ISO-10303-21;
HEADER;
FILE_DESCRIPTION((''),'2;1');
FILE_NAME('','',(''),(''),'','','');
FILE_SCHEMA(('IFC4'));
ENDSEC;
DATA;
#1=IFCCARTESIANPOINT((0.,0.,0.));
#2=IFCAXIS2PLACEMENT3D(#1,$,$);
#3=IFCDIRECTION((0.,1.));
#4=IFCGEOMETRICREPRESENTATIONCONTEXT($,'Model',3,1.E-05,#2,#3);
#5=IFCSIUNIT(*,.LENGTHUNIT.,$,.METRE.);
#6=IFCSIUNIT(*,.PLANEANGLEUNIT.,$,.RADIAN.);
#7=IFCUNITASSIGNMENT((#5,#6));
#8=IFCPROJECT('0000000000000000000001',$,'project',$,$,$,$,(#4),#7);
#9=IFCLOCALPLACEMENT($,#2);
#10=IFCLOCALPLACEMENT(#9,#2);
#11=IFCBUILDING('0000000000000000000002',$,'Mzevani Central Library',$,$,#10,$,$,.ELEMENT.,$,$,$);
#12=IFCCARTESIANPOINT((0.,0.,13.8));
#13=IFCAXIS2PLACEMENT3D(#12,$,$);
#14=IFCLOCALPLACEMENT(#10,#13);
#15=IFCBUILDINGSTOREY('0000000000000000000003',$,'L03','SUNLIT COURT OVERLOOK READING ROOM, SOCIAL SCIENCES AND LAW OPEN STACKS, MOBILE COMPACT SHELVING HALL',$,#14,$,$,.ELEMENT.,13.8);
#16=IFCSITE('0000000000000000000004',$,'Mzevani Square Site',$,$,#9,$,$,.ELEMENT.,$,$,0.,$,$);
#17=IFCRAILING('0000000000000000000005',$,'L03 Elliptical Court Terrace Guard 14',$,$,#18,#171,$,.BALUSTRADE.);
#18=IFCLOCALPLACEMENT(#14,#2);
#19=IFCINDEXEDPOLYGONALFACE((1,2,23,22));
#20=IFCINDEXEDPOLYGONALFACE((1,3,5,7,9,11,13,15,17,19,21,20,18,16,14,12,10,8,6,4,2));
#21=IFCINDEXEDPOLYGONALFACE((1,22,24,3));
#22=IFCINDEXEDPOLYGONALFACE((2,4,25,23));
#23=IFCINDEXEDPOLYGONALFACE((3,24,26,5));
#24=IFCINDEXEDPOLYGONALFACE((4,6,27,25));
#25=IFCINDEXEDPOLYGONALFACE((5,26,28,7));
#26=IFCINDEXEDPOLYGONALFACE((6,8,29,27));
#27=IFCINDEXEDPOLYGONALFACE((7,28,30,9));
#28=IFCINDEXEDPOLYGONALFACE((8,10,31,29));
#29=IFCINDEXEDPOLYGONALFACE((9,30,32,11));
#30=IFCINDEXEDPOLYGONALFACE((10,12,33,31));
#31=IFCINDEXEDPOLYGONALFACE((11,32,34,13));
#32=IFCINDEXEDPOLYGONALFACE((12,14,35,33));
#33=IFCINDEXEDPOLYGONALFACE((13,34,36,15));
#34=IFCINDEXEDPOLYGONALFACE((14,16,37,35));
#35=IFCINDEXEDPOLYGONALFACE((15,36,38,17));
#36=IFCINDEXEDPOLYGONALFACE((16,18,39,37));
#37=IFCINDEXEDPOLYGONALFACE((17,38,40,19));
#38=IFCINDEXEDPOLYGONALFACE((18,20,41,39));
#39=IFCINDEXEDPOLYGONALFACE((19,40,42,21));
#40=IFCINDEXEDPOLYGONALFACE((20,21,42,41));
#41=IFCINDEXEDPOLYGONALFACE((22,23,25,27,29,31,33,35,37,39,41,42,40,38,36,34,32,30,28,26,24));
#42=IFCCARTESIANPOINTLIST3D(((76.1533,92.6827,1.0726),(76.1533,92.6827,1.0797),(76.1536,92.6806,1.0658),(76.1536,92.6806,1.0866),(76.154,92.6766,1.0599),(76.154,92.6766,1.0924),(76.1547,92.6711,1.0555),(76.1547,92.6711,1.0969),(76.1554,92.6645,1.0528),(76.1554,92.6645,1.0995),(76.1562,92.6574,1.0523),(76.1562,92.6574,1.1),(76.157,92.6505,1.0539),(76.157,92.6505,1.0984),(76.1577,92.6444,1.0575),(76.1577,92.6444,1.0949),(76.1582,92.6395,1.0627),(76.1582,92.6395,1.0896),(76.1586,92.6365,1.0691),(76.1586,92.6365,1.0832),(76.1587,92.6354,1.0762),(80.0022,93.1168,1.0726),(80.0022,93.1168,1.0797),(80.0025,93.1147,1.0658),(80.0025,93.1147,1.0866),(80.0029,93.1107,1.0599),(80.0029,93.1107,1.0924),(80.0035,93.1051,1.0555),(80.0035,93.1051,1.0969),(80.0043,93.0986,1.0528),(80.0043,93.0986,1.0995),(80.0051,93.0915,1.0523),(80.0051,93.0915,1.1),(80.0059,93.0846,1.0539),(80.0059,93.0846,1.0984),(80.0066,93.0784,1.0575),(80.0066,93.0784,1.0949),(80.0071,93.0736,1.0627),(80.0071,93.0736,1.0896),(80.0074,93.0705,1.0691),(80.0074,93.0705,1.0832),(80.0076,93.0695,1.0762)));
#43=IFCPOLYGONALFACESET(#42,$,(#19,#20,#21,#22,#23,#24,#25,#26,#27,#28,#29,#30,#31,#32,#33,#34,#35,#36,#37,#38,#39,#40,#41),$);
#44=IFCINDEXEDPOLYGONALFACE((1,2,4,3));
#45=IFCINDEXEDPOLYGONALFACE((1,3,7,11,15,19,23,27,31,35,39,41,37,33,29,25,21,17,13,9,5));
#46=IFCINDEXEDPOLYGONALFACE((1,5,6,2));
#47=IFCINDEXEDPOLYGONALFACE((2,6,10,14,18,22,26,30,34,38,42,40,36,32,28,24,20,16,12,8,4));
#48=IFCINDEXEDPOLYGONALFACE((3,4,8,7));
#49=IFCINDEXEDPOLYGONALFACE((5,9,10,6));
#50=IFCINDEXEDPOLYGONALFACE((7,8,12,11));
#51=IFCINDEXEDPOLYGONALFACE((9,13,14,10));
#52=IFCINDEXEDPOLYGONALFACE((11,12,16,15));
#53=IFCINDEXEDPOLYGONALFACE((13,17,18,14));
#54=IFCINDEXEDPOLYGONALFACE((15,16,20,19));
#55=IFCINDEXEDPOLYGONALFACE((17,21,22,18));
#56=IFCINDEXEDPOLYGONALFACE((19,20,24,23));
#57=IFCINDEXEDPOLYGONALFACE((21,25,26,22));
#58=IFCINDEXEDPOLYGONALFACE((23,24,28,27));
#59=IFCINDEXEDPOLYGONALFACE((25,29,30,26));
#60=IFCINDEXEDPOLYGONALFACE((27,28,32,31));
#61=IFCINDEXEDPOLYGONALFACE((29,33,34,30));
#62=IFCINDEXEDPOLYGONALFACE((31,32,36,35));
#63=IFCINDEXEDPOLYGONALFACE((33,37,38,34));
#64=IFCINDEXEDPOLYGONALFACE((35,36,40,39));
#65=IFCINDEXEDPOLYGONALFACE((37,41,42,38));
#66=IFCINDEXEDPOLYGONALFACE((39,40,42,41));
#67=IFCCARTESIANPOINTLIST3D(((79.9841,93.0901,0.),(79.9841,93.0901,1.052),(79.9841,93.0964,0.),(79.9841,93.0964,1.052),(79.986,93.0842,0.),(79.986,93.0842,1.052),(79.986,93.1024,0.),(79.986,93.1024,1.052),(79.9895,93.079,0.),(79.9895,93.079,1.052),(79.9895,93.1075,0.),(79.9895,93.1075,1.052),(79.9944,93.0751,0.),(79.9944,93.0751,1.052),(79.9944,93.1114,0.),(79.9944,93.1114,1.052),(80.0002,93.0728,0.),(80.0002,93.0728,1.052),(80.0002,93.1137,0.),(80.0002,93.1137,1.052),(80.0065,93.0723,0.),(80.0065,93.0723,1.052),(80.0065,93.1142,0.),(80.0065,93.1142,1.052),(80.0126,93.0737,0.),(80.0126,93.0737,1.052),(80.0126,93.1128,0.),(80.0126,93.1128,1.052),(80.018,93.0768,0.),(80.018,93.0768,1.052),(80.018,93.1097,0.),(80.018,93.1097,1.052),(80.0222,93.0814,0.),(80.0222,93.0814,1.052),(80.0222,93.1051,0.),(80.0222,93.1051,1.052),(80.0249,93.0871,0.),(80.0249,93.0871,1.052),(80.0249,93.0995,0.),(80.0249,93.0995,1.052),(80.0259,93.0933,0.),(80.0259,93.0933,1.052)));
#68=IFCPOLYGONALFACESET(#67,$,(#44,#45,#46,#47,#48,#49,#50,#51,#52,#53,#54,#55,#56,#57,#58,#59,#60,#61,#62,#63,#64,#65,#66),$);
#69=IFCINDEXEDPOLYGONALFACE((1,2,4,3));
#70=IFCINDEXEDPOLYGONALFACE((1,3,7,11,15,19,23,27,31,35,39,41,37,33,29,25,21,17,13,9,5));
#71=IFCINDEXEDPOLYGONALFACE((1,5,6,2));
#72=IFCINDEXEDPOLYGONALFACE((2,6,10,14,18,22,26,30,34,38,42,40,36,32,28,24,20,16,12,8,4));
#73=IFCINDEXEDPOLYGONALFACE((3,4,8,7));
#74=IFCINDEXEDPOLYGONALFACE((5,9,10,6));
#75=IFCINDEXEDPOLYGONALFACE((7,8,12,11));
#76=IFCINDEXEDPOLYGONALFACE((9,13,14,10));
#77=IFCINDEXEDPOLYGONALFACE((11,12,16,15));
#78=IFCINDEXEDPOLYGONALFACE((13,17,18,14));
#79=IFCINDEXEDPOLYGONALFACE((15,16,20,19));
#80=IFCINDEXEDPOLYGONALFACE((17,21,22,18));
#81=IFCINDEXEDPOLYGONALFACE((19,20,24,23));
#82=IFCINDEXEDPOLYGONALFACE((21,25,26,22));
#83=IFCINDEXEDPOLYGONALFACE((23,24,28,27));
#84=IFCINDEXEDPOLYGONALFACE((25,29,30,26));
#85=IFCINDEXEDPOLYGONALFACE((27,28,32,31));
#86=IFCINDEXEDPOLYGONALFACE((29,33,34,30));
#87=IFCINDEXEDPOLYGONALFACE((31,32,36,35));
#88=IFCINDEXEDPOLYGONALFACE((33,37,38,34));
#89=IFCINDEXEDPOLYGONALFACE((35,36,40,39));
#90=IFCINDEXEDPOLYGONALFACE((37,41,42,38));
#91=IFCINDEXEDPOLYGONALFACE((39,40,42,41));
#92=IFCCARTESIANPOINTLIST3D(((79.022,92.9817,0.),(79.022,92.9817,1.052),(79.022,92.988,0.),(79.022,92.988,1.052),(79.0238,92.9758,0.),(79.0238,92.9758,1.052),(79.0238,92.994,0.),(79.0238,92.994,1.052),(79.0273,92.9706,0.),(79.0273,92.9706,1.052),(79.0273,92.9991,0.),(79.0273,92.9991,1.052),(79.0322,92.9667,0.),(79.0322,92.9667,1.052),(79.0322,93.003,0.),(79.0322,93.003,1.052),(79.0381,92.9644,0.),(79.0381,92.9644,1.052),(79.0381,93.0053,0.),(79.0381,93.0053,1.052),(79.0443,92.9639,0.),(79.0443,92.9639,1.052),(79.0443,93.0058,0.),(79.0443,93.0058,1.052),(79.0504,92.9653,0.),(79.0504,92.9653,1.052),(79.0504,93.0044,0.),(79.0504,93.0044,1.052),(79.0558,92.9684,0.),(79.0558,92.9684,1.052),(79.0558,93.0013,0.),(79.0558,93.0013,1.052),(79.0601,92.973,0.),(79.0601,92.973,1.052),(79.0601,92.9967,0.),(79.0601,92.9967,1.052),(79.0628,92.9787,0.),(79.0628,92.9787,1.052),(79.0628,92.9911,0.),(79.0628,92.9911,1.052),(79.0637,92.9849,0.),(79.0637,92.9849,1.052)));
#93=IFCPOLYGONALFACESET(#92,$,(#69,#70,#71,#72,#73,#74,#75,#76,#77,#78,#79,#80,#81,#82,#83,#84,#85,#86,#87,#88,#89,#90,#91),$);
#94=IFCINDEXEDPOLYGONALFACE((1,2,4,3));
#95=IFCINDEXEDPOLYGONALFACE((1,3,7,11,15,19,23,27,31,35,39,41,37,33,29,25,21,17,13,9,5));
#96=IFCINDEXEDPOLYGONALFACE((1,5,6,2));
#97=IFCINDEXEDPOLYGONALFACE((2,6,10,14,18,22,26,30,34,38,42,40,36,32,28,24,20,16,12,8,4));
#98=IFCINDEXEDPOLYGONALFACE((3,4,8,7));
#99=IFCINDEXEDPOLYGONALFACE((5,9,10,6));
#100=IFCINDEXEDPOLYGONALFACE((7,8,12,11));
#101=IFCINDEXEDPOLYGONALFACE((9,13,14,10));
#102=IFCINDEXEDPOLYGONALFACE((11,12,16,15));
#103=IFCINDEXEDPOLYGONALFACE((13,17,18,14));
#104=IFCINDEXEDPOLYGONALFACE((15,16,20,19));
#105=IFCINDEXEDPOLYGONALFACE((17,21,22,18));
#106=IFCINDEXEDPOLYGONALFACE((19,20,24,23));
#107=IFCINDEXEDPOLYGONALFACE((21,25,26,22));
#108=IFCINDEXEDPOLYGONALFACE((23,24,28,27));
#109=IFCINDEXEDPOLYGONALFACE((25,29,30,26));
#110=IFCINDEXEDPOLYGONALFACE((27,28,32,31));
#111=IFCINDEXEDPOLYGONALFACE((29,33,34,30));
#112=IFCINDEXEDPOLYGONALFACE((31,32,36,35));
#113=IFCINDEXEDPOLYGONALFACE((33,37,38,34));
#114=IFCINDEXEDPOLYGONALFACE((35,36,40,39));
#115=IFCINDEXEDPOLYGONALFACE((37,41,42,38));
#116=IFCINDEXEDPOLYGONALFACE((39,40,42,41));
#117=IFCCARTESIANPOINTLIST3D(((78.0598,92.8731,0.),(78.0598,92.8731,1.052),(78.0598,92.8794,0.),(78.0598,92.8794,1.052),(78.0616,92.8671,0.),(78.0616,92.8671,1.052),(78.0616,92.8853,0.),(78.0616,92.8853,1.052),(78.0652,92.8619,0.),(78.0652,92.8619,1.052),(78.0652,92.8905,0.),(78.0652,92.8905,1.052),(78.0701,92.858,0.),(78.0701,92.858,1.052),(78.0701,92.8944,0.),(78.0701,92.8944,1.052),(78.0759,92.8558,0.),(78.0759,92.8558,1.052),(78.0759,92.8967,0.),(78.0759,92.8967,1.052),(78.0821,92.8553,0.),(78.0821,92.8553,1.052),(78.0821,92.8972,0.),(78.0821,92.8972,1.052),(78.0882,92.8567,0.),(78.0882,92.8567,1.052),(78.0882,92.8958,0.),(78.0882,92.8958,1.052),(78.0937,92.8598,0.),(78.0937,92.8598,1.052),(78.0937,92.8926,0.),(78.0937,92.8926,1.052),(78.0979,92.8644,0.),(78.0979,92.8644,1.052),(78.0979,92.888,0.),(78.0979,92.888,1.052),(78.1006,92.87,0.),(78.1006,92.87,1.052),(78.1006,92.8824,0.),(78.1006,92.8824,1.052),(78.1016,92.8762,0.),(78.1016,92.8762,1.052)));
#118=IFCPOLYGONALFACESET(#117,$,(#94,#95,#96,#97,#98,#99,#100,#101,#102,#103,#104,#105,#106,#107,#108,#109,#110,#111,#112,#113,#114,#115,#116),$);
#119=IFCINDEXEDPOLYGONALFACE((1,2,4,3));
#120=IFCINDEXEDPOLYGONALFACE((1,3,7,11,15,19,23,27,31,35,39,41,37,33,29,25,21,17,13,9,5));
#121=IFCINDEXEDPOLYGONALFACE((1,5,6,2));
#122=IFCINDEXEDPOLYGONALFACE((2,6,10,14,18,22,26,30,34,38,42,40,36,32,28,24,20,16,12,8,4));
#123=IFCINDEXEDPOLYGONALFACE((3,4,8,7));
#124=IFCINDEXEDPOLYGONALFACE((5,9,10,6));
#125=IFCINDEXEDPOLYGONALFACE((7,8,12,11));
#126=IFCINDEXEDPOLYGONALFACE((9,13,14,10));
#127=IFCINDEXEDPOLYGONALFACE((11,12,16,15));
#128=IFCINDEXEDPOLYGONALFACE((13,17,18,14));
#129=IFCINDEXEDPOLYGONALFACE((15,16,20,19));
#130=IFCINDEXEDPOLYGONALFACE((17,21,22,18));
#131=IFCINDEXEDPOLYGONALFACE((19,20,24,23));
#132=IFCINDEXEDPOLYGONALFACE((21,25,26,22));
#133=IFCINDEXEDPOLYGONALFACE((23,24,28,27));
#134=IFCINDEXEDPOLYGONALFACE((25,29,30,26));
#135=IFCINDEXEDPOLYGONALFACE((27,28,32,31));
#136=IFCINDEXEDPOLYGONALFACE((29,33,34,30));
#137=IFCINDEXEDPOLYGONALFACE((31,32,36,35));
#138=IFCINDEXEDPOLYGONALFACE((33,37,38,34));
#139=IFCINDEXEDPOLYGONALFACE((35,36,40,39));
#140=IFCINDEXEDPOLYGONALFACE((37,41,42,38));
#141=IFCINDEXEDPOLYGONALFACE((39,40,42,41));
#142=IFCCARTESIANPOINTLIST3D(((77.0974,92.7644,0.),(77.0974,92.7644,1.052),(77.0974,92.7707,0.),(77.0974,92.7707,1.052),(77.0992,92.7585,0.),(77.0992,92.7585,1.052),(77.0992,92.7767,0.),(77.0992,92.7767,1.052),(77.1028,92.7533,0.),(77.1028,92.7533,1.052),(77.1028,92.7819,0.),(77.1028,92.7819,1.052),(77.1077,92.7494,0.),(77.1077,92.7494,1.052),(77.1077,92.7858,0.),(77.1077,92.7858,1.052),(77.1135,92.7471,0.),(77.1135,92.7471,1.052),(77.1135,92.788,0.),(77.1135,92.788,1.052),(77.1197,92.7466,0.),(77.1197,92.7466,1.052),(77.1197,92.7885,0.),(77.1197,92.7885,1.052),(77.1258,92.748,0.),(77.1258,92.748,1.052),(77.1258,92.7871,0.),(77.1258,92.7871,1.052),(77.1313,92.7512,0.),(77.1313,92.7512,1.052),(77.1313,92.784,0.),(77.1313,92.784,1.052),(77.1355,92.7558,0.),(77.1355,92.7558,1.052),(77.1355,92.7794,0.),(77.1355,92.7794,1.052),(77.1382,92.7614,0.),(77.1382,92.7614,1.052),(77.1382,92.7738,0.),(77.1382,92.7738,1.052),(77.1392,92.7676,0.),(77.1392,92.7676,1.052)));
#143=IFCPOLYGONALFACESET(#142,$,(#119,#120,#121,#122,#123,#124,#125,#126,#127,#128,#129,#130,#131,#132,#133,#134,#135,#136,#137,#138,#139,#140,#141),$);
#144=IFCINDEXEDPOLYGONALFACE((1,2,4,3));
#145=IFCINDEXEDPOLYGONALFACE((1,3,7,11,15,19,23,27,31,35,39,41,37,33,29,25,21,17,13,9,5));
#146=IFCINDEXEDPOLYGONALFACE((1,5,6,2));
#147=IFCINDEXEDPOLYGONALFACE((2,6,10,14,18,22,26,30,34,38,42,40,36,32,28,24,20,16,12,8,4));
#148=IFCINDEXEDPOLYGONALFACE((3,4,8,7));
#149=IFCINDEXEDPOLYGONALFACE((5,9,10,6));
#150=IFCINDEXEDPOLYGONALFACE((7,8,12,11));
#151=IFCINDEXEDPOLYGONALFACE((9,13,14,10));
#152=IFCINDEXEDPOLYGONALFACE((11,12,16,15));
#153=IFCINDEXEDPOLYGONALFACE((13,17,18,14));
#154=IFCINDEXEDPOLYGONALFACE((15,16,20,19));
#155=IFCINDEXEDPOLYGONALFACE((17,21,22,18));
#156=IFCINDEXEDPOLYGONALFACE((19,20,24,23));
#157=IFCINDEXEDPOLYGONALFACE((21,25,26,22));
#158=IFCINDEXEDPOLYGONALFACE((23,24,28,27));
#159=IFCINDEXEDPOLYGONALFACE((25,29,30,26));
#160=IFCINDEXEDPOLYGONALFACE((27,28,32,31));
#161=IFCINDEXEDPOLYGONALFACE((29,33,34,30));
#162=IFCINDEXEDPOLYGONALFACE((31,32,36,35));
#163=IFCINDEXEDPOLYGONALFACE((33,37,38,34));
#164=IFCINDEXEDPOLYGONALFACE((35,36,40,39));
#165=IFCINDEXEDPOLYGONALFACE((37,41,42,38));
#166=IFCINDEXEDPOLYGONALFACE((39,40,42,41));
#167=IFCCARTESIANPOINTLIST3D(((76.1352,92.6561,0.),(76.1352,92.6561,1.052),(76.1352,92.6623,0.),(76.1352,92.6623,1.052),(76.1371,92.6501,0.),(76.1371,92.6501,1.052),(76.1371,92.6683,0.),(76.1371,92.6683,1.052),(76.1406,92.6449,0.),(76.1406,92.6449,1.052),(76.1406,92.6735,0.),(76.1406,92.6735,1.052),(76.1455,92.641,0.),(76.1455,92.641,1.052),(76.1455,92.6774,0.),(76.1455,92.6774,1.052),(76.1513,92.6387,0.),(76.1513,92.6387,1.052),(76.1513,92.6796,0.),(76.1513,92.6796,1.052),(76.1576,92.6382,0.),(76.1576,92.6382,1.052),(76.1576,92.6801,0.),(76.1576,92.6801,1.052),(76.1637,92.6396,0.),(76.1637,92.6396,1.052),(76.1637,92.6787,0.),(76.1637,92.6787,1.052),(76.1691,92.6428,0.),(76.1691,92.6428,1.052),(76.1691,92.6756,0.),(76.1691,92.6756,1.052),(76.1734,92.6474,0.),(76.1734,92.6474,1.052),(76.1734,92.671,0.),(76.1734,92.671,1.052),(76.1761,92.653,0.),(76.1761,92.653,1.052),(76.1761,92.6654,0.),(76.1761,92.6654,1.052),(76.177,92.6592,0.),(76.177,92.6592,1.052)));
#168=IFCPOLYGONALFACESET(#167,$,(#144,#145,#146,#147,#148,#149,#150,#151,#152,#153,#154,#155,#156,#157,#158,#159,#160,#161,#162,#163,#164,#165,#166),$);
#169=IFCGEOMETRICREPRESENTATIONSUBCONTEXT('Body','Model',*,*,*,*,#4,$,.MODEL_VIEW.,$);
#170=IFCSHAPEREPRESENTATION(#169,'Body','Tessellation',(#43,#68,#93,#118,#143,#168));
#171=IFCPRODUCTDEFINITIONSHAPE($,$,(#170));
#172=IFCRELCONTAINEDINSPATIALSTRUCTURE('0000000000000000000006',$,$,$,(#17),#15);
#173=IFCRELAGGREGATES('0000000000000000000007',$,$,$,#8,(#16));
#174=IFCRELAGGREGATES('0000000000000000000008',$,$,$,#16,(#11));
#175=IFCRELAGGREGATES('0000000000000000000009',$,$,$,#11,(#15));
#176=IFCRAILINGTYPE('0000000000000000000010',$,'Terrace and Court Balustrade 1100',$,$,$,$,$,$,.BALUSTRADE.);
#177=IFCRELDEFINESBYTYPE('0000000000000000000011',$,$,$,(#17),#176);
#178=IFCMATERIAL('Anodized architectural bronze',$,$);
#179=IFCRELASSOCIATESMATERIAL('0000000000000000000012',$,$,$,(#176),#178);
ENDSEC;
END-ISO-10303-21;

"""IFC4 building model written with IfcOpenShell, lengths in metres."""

from ifc_helpers import new_model, si_unit, direction, frame, origin, origin_2d, place, context, subcontext, project, spatial, circle, extrude, material, type_object, element, save


model = new_model("IFC4")

# Units and contexts
model_context = context("Model", 3, precision=1e-05, world=origin(), true_north=direction((0.0, 1.0)))
body_context = subcontext(model_context, "Body", "Model", "MODEL_VIEW")
ifc_project = project(units=[si_unit("LENGTHUNIT", "METRE"), si_unit("PLANEANGLEUNIT", "RADIAN")], contexts=[model_context])

# Site, building, storey
site_placement = place(None, origin())
site = spatial("IfcSite", under=ifc_project, at=site_placement, Name="Mzevani Square Site", CompositionType="ELEMENT", RefElevation=0.0)
building_placement = place(site_placement, origin())
building = spatial("IfcBuilding", under=site, at=building_placement, Name="Mzevani Central Library", CompositionType="ELEMENT")
storey_placement = place(building_placement, frame((0.0, 0.0, 13.8)))
storey = spatial("IfcBuildingStorey", under=building, at=storey_placement, Name="L03", Description="SUNLIT COURT OVERLOOK READING ROOM, SOCIAL SCIENCES AND LAW OPEN STACKS, MOBILE COMPACT SHELVING HALL", CompositionType="ELEMENT", Elevation=13.8)

# Railing
ifc_material_1 = material(Name="Anodized architectural bronze")
railing_type = type_object("IfcRailingType", Name="Terrace and Court Balustrade 1100", PredefinedType="BALUSTRADE", material=ifc_material_1)
railing_placement = place(storey_placement, frame((80.0049, 93.0933, 0.0)))
element("IfcRailing", 1, at=railing_placement, inside=storey, type_object=railing_type, Name="L03 Elliptical Court Terrace Guard 14", PredefinedType="BALUSTRADE", context=body_context, shape_type="SweptSolid", body=[
    extrude(circle(Radius=0.0239, at=origin_2d()), frame((0.0, 0.0, 1.0762), z_axis=(-0.9937, -0.112071, 0.0), x_axis=(0.112071, -0.9937, 0.0)), (0.0, 0.0, 1.0), 3.8733),
    extrude(circle(Radius=0.021, at=origin_2d()), origin(), (0.0, 0.0, 1.0), 1.052),
    extrude(circle(Radius=0.021, at=origin_2d()), frame((-0.9622, -0.1084, 0.0)), (0.0, 0.0, 1.0), 1.052),
    extrude(circle(Radius=0.021, at=origin_2d()), frame((-1.9243, -0.217, 0.0)), (0.0, 0.0, 1.0), 1.052),
    extrude(circle(Radius=0.021, at=origin_2d()), frame((-2.8867, -0.3257, 0.0)), (0.0, 0.0, 1.0), 1.052),
    extrude(circle(Radius=0.021, at=origin_2d()), frame((-3.8489, -0.4341, 0.0)), (0.0, 0.0, 1.0), 1.052),
])

save(model, "model.ifc")
